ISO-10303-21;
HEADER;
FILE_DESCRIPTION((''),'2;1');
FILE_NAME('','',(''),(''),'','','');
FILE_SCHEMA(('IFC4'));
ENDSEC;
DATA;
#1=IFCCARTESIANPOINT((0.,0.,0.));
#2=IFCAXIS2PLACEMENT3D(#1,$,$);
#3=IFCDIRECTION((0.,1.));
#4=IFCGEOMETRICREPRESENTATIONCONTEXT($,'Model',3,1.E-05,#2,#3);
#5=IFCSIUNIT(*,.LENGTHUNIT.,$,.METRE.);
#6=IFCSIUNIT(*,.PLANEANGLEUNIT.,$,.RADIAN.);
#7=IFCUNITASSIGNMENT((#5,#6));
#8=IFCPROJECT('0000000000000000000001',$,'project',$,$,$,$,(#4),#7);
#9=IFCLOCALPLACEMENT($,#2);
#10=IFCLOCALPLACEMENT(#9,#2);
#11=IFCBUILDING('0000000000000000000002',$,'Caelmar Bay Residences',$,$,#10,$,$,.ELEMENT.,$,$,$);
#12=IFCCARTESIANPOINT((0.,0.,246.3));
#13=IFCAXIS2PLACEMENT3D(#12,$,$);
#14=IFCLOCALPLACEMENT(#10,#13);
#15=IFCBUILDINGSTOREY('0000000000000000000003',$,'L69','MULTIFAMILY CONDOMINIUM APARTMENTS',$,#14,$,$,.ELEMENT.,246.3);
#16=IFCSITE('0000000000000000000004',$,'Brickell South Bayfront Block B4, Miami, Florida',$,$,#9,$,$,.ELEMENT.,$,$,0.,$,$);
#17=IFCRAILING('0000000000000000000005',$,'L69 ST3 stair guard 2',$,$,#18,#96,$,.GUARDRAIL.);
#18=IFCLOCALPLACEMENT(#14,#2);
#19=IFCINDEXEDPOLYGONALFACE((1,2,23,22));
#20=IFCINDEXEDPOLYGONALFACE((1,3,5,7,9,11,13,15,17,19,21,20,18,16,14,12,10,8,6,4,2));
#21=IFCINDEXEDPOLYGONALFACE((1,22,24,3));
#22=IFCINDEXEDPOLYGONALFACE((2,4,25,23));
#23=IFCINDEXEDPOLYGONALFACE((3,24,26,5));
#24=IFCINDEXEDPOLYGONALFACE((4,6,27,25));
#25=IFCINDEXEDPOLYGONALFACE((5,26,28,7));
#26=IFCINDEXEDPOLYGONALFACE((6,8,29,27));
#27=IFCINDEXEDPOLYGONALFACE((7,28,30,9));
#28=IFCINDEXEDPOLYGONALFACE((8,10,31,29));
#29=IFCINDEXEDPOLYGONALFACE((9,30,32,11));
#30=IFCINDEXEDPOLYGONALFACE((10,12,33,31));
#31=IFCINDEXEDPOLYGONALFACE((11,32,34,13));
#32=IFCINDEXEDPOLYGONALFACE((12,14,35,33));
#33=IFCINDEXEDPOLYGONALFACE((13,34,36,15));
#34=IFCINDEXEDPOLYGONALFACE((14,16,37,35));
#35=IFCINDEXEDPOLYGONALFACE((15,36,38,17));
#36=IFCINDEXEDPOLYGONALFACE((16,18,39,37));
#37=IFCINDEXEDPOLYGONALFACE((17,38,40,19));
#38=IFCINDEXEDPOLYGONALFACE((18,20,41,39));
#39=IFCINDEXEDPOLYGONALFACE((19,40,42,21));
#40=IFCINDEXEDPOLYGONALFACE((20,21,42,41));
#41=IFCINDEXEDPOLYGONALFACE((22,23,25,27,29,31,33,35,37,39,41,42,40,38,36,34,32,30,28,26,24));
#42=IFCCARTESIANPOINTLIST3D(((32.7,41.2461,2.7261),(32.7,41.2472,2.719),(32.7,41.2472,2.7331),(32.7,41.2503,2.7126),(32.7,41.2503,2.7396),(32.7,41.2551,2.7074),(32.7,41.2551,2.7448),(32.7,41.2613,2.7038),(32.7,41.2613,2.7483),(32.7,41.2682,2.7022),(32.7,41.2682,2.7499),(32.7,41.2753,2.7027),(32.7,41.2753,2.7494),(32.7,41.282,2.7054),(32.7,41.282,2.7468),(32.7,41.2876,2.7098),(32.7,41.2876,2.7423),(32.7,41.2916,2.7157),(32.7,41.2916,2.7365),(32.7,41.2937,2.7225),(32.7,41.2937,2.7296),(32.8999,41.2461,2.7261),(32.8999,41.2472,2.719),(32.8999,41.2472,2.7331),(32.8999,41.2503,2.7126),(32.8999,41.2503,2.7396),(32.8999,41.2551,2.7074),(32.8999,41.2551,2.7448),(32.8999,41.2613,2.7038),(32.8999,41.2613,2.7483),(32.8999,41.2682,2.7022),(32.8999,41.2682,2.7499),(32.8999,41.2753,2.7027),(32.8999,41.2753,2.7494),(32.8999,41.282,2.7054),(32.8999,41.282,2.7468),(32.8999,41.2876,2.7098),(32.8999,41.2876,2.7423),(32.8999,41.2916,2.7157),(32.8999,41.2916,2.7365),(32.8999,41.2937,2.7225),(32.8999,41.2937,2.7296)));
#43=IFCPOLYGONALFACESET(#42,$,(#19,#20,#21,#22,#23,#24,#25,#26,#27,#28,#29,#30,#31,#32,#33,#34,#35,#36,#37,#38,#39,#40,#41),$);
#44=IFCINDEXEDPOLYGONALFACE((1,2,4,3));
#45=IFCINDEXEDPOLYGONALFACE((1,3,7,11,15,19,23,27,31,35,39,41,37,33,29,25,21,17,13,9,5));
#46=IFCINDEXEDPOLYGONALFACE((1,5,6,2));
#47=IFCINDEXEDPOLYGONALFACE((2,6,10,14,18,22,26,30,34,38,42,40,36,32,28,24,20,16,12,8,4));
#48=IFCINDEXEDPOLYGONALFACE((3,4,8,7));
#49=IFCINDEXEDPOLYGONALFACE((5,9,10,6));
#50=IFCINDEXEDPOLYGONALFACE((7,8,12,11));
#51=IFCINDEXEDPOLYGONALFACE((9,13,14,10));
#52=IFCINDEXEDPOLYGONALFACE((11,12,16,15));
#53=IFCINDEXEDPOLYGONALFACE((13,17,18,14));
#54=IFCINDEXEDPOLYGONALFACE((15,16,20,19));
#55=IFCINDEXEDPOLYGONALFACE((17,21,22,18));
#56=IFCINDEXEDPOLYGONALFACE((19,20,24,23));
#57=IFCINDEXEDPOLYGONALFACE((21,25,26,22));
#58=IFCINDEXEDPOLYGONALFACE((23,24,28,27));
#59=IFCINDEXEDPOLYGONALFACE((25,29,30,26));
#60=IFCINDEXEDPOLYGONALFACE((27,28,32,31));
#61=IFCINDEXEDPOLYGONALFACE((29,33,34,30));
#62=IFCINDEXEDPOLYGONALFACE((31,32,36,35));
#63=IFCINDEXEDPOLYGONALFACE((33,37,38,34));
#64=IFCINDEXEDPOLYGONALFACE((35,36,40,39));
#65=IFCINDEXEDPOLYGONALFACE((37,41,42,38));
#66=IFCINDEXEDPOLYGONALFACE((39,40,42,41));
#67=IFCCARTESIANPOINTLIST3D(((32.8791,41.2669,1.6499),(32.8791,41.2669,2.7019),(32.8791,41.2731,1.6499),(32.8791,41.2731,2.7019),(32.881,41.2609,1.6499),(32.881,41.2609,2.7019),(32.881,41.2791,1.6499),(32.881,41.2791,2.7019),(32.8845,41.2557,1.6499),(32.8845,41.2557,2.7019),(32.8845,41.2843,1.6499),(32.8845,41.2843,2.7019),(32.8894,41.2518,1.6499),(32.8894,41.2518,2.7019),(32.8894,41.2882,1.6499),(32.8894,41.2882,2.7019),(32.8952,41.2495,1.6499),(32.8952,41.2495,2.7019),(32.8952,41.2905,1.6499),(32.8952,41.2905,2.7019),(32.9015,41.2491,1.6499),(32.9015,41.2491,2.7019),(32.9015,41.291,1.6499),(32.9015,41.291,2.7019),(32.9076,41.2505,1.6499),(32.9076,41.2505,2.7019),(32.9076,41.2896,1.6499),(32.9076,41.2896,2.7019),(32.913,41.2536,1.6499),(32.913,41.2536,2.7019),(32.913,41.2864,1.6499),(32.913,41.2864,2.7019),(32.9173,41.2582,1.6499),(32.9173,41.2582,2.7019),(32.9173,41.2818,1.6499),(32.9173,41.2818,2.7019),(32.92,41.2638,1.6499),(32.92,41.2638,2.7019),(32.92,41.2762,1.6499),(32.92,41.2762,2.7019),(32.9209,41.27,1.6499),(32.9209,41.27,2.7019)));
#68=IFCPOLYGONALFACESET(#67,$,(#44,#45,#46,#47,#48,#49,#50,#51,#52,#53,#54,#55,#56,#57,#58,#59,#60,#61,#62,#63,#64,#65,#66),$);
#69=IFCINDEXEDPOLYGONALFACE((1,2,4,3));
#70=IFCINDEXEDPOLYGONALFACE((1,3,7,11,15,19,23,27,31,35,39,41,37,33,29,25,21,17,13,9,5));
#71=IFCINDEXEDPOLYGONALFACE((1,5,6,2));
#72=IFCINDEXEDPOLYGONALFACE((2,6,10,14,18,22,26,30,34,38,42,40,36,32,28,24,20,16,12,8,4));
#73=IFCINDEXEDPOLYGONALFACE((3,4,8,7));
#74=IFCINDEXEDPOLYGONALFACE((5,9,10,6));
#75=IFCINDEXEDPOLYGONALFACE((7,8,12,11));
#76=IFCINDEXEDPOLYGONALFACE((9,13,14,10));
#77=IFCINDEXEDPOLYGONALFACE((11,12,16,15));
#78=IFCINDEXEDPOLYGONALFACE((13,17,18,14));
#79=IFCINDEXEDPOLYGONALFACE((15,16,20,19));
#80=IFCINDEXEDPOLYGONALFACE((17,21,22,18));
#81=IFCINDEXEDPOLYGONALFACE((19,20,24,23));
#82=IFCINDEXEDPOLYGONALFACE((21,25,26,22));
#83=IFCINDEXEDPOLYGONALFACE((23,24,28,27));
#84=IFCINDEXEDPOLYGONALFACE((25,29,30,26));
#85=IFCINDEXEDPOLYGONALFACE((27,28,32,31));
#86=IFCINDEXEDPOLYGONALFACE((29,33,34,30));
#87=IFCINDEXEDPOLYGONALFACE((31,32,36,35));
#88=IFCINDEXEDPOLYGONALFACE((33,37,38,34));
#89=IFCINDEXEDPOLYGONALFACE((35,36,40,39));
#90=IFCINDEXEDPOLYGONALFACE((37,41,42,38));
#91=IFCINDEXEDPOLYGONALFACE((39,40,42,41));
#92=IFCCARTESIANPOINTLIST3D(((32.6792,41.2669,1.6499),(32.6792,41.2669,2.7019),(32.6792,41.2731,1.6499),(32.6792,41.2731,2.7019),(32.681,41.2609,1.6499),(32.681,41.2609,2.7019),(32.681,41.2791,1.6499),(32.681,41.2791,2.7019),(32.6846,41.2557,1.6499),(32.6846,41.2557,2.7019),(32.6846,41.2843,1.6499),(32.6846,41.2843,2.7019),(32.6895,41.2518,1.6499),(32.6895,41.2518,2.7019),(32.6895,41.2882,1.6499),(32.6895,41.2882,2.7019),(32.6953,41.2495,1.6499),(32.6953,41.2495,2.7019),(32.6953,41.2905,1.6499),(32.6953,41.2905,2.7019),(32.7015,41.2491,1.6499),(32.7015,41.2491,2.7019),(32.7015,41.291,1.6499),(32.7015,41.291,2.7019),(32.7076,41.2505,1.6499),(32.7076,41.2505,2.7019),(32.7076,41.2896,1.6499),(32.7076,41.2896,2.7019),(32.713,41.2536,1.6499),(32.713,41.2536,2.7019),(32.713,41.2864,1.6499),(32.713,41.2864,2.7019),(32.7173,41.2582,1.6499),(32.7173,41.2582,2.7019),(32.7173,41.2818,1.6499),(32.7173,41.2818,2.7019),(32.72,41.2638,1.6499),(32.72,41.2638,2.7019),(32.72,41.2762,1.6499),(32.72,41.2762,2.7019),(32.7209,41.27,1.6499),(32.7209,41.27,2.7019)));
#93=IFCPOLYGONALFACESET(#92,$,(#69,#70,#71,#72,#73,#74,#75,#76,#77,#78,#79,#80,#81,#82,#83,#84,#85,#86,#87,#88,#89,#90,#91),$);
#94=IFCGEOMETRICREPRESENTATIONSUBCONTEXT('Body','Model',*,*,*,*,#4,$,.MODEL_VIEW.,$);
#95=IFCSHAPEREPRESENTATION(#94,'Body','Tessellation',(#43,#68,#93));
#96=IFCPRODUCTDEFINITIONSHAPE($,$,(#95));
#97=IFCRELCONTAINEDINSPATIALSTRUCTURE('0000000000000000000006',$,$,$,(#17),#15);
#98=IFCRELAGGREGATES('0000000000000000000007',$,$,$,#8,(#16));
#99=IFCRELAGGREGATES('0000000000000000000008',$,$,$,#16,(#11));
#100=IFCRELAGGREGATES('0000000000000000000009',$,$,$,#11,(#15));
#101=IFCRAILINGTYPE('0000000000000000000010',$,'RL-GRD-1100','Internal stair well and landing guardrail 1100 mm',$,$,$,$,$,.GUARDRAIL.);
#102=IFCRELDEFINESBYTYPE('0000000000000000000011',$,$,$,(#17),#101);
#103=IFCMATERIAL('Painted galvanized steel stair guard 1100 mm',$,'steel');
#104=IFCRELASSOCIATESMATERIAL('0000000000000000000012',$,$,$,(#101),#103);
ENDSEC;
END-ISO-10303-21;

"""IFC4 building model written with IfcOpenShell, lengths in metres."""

from ifc_helpers import new_model, si_unit, direction, frame, origin, origin_2d, place, context, subcontext, project, spatial, circle, extrude, material, type_object, element, save


model = new_model("IFC4")

# Units and contexts
model_context = context("Model", 3, precision=1e-05, world=origin(), true_north=direction((0.0, 1.0)))
body_context = subcontext(model_context, "Body", "Model", "MODEL_VIEW")
ifc_project = project(units=[si_unit("LENGTHUNIT", "METRE"), si_unit("PLANEANGLEUNIT", "RADIAN")], contexts=[model_context])

# Site, building, storey
site_placement = place(None, origin())
site = spatial("IfcSite", under=ifc_project, at=site_placement, Name="Brickell South Bayfront Block B4, Miami, Florida", CompositionType="ELEMENT", RefElevation=0.0)
building_placement = place(site_placement, origin())
building = spatial("IfcBuilding", under=site, at=building_placement, Name="Caelmar Bay Residences", CompositionType="ELEMENT")
storey_placement = place(building_placement, frame((0.0, 0.0, 246.3)))
storey = spatial("IfcBuildingStorey", under=building, at=storey_placement, Name="L69", Description="MULTIFAMILY CONDOMINIUM APARTMENTS", CompositionType="ELEMENT", Elevation=246.3)

# Railing
ifc_material_1 = material(Name="Painted galvanized steel stair guard 1100 mm", Category="steel")
railing_type_1 = type_object("IfcRailingType", Name="RL-GRD-1100", Description="Internal stair well and landing guardrail 1100 mm", PredefinedType="GUARDRAIL", material=ifc_material_1)
railing_1_placement = place(storey_placement, frame((32.8999, 41.27, 1.6499)))
element("IfcRailing", 1, at=railing_1_placement, inside=storey, type_object=railing_type_1, Name="L69 ST3 stair guard 2", PredefinedType="GUARDRAIL", context=body_context, shape_type="SweptSolid", body=[
    extrude(circle(Radius=0.0239, at=origin_2d()), frame((0.0, 0.0, 1.0762), z_axis=(-1.0, 0.0, 0.0), x_axis=(0.0, -1.0, 0.0)), (0.0, 0.0, 1.0), 0.2),
    extrude(circle(Radius=0.021, at=origin_2d()), origin(), (0.0, 0.0, 1.0), 1.052),
    extrude(circle(Radius=0.021, at=origin_2d()), frame((-0.2, 0.0, 0.0)), (0.0, 0.0, 1.0), 1.052),
])

save(model, "model.ifc")
